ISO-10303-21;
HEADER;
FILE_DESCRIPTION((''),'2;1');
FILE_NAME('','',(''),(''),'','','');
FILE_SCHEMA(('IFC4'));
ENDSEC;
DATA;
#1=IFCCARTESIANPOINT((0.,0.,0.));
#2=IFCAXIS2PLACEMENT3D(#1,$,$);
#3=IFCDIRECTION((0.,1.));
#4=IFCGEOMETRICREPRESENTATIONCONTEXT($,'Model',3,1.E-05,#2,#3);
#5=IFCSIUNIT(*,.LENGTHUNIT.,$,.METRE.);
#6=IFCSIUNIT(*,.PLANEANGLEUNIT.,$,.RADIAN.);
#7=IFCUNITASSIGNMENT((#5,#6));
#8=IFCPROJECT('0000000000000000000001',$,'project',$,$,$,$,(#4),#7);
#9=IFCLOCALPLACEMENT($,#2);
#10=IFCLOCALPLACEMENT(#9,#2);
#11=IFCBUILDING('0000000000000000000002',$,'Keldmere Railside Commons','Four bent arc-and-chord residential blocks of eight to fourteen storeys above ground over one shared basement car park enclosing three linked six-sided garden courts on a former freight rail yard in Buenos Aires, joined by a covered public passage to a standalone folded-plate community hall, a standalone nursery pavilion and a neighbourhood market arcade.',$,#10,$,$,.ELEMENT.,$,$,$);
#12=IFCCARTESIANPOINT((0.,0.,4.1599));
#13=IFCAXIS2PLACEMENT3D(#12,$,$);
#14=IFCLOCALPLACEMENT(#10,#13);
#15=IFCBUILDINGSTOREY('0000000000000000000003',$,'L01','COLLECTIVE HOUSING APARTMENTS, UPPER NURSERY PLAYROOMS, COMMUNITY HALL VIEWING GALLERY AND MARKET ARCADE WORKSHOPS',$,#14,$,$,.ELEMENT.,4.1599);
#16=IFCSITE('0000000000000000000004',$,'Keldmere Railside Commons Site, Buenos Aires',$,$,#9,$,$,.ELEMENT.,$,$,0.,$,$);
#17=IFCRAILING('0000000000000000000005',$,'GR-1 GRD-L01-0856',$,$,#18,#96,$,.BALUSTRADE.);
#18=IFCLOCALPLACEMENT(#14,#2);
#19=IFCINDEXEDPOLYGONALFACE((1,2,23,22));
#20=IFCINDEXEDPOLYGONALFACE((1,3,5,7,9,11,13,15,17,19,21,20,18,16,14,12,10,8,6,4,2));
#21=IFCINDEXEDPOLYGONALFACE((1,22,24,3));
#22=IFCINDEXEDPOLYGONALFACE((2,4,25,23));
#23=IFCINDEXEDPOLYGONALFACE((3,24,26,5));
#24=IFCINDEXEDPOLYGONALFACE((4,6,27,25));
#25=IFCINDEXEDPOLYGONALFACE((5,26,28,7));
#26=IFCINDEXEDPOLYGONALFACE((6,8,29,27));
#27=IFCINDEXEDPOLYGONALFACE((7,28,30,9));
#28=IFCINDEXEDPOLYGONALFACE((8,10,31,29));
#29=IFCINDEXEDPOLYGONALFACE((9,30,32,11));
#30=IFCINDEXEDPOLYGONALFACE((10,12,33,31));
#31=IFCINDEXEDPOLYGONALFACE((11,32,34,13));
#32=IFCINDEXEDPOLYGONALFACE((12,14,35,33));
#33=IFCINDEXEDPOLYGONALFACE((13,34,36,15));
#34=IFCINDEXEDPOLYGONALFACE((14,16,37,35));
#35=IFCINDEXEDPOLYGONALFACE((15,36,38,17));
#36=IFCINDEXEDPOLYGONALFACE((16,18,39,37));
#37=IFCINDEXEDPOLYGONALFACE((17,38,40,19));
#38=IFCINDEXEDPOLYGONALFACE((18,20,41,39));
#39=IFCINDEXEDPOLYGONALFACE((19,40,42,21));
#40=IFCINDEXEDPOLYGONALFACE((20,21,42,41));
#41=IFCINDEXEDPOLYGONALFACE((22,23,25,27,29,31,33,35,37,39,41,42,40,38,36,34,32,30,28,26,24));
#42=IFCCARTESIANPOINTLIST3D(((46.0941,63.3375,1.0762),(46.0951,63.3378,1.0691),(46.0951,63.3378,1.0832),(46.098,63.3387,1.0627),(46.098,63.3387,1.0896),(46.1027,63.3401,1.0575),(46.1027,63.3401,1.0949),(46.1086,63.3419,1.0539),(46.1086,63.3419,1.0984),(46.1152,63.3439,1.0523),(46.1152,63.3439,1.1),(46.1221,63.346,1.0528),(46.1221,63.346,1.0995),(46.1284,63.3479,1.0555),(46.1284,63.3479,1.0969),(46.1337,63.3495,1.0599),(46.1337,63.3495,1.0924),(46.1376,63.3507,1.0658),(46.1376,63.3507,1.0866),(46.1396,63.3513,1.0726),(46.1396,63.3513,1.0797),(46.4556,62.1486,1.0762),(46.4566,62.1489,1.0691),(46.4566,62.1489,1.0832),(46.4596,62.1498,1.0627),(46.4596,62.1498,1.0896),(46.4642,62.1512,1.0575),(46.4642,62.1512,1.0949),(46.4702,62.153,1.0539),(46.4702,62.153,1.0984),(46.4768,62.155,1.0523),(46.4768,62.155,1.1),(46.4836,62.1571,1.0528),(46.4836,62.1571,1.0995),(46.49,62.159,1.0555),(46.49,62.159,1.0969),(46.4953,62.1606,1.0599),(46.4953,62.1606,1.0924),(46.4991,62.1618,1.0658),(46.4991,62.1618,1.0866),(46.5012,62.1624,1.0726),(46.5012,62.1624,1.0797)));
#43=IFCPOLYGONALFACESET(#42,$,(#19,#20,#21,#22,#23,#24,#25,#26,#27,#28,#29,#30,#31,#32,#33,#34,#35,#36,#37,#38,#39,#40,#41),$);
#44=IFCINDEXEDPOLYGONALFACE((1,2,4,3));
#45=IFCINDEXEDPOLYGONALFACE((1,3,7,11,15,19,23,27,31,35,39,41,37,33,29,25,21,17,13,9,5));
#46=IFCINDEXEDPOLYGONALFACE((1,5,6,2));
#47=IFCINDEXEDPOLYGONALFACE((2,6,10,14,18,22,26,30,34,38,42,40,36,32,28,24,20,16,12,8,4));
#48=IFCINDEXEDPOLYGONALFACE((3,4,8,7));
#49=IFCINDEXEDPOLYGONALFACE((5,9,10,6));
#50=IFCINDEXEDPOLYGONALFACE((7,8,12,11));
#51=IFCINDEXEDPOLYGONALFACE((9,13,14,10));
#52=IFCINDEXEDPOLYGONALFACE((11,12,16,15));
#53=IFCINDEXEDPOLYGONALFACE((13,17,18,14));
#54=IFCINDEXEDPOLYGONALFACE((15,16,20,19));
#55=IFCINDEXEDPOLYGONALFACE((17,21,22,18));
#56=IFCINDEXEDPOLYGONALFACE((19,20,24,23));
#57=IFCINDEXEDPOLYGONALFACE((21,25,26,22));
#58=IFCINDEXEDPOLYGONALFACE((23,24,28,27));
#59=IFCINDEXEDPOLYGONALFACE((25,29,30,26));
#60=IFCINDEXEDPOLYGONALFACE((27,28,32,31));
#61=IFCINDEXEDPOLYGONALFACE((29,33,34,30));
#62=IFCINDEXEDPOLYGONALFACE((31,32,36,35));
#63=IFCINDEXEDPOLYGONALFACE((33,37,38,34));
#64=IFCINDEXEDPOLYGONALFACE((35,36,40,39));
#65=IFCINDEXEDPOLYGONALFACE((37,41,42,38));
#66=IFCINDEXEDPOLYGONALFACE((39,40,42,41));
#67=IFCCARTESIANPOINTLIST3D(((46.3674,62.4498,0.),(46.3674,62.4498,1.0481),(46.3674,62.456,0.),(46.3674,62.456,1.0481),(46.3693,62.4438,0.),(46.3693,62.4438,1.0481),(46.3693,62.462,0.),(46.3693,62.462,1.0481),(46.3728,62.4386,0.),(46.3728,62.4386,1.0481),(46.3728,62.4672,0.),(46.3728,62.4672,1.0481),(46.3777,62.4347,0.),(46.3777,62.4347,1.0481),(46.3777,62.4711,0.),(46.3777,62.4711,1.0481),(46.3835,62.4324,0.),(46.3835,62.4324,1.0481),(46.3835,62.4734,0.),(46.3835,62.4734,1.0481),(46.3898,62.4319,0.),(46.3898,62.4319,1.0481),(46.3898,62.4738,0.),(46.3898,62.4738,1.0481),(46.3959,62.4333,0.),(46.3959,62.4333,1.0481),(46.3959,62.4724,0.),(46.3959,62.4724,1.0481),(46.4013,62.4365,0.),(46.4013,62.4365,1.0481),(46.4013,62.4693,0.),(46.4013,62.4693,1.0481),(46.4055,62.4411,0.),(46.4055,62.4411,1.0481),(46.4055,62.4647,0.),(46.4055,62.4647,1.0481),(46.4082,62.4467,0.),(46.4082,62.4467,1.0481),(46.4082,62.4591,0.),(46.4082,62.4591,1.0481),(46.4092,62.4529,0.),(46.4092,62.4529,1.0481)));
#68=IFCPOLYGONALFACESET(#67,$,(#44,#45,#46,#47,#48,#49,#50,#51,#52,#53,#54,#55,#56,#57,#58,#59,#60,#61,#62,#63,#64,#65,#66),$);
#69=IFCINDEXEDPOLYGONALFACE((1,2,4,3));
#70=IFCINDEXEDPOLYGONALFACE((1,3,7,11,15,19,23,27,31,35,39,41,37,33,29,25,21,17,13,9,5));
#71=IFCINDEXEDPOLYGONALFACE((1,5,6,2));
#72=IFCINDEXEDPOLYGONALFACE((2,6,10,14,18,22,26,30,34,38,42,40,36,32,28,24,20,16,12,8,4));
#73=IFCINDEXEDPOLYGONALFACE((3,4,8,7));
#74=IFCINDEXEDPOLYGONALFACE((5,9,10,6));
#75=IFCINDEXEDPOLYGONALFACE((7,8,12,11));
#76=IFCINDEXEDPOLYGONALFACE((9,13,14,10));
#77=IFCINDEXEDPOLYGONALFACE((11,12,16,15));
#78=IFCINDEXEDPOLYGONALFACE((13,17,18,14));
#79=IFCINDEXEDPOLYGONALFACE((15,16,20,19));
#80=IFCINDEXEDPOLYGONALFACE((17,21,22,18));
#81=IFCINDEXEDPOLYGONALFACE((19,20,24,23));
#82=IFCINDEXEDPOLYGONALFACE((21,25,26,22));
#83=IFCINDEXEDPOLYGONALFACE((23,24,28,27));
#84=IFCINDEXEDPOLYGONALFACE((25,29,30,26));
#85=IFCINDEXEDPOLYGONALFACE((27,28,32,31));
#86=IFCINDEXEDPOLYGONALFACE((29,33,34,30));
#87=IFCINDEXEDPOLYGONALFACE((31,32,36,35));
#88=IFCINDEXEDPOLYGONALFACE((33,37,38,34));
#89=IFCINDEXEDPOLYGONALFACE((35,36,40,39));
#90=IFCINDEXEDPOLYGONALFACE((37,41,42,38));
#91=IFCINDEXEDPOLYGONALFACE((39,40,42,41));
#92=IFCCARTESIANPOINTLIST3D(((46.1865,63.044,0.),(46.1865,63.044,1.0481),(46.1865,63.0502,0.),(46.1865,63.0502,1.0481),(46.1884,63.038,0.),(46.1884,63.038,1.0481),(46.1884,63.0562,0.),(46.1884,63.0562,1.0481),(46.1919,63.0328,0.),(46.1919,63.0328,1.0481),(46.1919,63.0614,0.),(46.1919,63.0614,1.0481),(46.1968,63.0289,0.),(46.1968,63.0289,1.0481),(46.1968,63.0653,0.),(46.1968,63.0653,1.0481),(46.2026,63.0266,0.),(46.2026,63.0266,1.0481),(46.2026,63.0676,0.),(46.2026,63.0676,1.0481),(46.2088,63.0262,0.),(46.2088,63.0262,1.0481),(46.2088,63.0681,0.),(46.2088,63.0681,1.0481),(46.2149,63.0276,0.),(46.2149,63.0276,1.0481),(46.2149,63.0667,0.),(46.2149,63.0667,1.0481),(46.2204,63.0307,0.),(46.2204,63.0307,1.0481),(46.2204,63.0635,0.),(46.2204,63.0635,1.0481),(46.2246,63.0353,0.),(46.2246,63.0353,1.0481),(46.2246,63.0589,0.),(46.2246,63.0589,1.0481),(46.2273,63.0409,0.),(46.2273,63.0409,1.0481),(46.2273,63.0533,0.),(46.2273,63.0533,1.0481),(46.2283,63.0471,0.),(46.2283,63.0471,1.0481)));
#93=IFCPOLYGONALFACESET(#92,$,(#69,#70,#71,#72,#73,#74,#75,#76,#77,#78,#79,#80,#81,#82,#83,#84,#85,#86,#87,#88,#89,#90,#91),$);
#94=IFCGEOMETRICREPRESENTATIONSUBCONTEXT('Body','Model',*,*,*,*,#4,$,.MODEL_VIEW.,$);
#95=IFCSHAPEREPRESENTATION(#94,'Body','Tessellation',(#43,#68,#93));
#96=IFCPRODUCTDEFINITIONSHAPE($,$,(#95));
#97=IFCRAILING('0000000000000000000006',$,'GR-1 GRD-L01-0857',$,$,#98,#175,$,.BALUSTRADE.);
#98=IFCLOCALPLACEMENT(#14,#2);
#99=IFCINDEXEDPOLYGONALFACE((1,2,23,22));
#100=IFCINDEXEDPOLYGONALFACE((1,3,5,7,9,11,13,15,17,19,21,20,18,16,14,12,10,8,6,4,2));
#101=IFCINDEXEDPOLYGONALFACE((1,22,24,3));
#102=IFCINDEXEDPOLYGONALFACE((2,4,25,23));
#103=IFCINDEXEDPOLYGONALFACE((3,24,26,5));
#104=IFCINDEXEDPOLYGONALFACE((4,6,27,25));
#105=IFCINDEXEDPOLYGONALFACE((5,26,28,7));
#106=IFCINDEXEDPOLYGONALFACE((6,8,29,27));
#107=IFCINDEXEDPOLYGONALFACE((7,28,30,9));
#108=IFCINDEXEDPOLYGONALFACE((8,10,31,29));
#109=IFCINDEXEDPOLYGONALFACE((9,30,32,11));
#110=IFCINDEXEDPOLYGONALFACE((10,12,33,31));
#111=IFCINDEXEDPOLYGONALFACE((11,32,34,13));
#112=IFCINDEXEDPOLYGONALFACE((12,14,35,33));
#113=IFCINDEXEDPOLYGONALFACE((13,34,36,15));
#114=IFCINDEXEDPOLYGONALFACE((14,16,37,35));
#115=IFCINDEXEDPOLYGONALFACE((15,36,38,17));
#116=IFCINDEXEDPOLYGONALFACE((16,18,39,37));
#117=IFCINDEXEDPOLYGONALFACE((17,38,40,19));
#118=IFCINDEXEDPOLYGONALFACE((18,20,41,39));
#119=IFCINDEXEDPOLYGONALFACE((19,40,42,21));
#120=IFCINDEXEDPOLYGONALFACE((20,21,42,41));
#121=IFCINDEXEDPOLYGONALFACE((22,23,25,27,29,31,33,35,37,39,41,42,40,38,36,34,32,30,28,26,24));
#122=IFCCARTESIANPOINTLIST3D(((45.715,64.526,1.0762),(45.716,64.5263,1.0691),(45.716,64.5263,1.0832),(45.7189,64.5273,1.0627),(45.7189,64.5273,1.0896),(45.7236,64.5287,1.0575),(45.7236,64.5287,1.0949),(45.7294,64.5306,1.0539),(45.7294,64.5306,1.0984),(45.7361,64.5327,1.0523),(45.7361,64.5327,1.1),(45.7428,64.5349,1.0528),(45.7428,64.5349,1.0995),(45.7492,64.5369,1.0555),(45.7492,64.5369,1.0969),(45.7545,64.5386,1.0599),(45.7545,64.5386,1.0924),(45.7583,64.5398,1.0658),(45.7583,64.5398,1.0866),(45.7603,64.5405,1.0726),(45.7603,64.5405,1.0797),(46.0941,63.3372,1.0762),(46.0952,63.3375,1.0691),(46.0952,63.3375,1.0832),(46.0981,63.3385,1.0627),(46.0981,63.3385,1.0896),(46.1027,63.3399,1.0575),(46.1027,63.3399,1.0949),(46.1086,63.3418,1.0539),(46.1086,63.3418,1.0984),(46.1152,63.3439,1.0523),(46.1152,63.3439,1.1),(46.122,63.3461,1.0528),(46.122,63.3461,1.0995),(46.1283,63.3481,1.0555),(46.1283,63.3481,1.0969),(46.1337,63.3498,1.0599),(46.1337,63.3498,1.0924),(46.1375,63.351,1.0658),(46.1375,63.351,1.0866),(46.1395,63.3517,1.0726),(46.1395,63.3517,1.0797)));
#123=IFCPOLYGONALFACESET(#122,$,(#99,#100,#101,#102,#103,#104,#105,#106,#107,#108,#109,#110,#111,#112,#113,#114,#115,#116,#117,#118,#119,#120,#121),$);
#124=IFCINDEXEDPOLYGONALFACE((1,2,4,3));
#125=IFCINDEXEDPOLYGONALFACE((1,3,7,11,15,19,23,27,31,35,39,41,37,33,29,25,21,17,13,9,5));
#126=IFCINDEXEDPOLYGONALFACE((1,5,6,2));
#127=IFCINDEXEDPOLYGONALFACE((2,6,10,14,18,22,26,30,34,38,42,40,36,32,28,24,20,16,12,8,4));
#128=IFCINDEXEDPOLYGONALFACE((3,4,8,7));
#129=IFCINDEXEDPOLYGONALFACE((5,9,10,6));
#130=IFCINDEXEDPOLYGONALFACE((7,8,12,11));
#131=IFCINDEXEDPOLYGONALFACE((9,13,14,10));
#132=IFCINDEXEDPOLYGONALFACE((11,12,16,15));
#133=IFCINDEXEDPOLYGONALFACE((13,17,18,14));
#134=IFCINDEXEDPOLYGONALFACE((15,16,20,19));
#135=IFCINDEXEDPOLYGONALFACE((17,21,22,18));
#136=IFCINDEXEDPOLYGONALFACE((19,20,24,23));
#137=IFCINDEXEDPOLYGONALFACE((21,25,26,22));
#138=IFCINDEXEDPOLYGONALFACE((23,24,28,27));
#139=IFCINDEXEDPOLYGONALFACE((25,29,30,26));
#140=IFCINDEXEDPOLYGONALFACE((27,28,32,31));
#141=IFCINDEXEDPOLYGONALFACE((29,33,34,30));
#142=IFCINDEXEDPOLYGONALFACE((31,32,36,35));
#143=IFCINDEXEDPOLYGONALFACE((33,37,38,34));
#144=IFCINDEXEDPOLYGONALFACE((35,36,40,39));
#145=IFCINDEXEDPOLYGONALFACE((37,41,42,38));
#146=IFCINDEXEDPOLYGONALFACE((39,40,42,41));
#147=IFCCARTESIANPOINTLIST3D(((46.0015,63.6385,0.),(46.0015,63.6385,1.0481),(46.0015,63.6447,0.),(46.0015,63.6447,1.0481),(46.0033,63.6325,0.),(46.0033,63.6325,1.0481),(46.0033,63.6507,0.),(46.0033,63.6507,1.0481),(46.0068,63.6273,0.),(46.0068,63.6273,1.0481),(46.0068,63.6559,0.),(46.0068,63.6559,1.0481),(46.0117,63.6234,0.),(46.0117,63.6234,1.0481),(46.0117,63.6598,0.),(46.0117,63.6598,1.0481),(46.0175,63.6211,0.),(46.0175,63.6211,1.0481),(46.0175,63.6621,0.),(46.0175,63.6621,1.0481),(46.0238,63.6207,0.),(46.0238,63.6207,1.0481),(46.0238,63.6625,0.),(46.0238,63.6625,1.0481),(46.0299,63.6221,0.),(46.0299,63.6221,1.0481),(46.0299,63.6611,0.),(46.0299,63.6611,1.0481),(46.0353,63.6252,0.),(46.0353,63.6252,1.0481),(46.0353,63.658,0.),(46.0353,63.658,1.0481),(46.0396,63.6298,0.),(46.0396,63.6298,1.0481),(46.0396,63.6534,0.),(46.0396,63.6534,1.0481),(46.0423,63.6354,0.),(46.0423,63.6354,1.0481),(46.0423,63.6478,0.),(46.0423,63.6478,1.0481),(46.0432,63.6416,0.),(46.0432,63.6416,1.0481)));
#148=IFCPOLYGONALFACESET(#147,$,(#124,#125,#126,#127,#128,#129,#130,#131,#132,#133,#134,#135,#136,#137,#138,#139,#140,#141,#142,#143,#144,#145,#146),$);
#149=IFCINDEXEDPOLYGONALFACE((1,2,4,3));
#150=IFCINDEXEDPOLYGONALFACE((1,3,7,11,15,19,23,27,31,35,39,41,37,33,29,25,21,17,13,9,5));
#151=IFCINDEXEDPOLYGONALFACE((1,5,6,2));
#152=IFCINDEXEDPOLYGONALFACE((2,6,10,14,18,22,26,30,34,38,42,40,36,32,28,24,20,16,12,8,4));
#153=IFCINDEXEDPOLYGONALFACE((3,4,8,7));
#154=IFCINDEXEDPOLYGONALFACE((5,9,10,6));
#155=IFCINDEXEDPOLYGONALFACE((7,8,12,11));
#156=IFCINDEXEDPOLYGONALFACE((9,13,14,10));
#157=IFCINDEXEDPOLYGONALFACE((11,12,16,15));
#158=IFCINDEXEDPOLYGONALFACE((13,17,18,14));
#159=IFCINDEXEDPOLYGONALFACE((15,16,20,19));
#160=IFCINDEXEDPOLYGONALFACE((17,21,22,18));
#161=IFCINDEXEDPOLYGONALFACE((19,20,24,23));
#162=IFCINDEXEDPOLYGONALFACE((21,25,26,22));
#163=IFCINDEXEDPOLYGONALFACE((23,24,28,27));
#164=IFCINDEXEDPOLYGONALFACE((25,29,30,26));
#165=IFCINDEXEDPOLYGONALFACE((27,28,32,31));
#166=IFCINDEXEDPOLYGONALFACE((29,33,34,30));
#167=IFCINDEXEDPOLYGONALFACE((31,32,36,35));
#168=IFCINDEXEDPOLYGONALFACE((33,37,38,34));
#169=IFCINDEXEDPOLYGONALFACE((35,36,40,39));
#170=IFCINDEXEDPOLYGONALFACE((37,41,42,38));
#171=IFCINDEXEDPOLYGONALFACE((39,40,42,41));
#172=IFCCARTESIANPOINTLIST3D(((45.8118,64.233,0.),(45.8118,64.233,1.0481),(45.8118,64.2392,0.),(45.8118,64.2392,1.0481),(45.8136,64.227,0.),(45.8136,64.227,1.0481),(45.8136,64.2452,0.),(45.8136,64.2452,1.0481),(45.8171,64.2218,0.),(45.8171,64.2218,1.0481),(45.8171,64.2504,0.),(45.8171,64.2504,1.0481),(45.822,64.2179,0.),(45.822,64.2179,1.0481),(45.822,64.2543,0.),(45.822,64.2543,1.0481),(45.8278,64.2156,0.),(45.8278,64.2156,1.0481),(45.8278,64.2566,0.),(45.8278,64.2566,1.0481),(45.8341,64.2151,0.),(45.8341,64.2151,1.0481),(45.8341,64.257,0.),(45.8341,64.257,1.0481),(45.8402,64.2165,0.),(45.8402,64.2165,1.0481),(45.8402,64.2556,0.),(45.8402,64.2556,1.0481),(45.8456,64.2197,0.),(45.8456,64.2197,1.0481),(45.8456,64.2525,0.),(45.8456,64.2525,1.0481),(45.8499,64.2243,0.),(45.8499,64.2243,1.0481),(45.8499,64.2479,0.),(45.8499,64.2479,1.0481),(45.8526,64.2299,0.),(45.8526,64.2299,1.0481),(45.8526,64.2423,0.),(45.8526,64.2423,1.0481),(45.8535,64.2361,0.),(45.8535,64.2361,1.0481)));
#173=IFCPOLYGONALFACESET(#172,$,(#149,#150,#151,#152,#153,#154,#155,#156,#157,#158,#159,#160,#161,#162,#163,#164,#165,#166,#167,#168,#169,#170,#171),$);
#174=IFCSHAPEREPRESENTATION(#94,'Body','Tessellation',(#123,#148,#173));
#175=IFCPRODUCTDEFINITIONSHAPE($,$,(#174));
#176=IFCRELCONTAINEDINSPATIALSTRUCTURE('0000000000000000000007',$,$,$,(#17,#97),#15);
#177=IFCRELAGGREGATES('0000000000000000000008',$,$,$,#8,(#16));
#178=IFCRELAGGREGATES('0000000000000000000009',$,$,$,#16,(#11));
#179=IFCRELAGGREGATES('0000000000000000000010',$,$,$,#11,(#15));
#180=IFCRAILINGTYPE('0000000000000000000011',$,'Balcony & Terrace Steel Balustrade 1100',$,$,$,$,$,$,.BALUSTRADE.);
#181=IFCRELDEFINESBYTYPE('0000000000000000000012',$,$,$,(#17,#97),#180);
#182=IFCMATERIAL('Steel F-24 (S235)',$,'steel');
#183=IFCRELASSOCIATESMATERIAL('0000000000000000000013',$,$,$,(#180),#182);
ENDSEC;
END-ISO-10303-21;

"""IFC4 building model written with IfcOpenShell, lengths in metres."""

from ifc_helpers import new_model, si_unit, direction, frame, origin, origin_2d, place, context, subcontext, project, spatial, circle, extrude, material, type_object, element, save


model = new_model("IFC4")

# Units and contexts
model_context = context("Model", 3, precision=1e-05, world=origin(), true_north=direction((0.0, 1.0)))
body_context = subcontext(model_context, "Body", "Model", "MODEL_VIEW")
ifc_project = project(units=[si_unit("LENGTHUNIT", "METRE"), si_unit("PLANEANGLEUNIT", "RADIAN")], contexts=[model_context])

# Site, building, storey
site_placement = place(None, origin())
site = spatial("IfcSite", under=ifc_project, at=site_placement, Name="Keldmere Railside Commons Site, Buenos Aires", CompositionType="ELEMENT", RefElevation=0.0)
building_placement = place(site_placement, origin())
building = spatial("IfcBuilding", under=site, at=building_placement, Name="Keldmere Railside Commons", Description="Four bent arc-and-chord residential blocks of eight to fourteen storeys above ground over one shared basement car park enclosing three linked six-sided garden courts on a former freight rail yard in Buenos Aires, joined by a covered public passage to a standalone folded-plate community hall, a standalone nursery pavilion and a neighbourhood market arcade.", CompositionType="ELEMENT")
storey_placement = place(building_placement, frame((0.0, 0.0, 4.1599)))
storey = spatial("IfcBuildingStorey", under=building, at=storey_placement, Name="L01", Description="COLLECTIVE HOUSING APARTMENTS, UPPER NURSERY PLAYROOMS, COMMUNITY HALL VIEWING GALLERY AND MARKET ARCADE WORKSHOPS", CompositionType="ELEMENT", Elevation=4.1599)

# Railings
ifc_material_1 = material(Name="Steel F-24 (S235)", Category="steel")
railing_type = type_object("IfcRailingType", Name="Balcony & Terrace Steel Balustrade 1100", PredefinedType="BALUSTRADE", material=ifc_material_1)
railing_1_placement = place(storey_placement, frame((46.4785, 62.1555, 0.0)))
element("IfcRailing", 1, at=railing_1_placement, inside=storey, type_object=railing_type, Name="GR-1 GRD-L01-0856", PredefinedType="BALUSTRADE", context=body_context, shape_type="SweptSolid", body=[
    extrude(circle(Radius=0.0239, at=origin_2d()), frame((0.0, 0.0, 1.0762), z_axis=(-0.290951, 0.956738, 0.0), x_axis=(-0.956738, -0.290951, 0.0)), (0.0, 0.0, 1.0), 1.2427),
    extrude(circle(Radius=0.021, at=origin_2d()), frame((-0.0903, 0.2974, 0.0)), (0.0, 0.0, 1.0), 1.0481),
    extrude(circle(Radius=0.021, at=origin_2d()), frame((-0.2712, 0.8916, 0.0)), (0.0, 0.0, 1.0), 1.0481),
])
railing_2_placement = place(storey_placement, frame((46.1169, 63.3445, 0.0)))
element("IfcRailing", 2, at=railing_2_placement, inside=storey, type_object=railing_type, Name="GR-1 GRD-L01-0857", PredefinedType="BALUSTRADE", context=body_context, shape_type="SweptSolid", body=[
    extrude(circle(Radius=0.0239, at=origin_2d()), frame((0.0, 0.0, 1.0762), z_axis=(-0.303874, 0.952712, 0.0), x_axis=(-0.952712, -0.303874, 0.0)), (0.0, 0.0, 1.0), 1.2478),
    extrude(circle(Radius=0.021, at=origin_2d()), frame((-0.0947, 0.2971, 0.0)), (0.0, 0.0, 1.0), 1.0481),
    extrude(circle(Radius=0.021, at=origin_2d()), frame((-0.2844, 0.8916, 0.0)), (0.0, 0.0, 1.0), 1.0481),
])

save(model, "model.ifc")
